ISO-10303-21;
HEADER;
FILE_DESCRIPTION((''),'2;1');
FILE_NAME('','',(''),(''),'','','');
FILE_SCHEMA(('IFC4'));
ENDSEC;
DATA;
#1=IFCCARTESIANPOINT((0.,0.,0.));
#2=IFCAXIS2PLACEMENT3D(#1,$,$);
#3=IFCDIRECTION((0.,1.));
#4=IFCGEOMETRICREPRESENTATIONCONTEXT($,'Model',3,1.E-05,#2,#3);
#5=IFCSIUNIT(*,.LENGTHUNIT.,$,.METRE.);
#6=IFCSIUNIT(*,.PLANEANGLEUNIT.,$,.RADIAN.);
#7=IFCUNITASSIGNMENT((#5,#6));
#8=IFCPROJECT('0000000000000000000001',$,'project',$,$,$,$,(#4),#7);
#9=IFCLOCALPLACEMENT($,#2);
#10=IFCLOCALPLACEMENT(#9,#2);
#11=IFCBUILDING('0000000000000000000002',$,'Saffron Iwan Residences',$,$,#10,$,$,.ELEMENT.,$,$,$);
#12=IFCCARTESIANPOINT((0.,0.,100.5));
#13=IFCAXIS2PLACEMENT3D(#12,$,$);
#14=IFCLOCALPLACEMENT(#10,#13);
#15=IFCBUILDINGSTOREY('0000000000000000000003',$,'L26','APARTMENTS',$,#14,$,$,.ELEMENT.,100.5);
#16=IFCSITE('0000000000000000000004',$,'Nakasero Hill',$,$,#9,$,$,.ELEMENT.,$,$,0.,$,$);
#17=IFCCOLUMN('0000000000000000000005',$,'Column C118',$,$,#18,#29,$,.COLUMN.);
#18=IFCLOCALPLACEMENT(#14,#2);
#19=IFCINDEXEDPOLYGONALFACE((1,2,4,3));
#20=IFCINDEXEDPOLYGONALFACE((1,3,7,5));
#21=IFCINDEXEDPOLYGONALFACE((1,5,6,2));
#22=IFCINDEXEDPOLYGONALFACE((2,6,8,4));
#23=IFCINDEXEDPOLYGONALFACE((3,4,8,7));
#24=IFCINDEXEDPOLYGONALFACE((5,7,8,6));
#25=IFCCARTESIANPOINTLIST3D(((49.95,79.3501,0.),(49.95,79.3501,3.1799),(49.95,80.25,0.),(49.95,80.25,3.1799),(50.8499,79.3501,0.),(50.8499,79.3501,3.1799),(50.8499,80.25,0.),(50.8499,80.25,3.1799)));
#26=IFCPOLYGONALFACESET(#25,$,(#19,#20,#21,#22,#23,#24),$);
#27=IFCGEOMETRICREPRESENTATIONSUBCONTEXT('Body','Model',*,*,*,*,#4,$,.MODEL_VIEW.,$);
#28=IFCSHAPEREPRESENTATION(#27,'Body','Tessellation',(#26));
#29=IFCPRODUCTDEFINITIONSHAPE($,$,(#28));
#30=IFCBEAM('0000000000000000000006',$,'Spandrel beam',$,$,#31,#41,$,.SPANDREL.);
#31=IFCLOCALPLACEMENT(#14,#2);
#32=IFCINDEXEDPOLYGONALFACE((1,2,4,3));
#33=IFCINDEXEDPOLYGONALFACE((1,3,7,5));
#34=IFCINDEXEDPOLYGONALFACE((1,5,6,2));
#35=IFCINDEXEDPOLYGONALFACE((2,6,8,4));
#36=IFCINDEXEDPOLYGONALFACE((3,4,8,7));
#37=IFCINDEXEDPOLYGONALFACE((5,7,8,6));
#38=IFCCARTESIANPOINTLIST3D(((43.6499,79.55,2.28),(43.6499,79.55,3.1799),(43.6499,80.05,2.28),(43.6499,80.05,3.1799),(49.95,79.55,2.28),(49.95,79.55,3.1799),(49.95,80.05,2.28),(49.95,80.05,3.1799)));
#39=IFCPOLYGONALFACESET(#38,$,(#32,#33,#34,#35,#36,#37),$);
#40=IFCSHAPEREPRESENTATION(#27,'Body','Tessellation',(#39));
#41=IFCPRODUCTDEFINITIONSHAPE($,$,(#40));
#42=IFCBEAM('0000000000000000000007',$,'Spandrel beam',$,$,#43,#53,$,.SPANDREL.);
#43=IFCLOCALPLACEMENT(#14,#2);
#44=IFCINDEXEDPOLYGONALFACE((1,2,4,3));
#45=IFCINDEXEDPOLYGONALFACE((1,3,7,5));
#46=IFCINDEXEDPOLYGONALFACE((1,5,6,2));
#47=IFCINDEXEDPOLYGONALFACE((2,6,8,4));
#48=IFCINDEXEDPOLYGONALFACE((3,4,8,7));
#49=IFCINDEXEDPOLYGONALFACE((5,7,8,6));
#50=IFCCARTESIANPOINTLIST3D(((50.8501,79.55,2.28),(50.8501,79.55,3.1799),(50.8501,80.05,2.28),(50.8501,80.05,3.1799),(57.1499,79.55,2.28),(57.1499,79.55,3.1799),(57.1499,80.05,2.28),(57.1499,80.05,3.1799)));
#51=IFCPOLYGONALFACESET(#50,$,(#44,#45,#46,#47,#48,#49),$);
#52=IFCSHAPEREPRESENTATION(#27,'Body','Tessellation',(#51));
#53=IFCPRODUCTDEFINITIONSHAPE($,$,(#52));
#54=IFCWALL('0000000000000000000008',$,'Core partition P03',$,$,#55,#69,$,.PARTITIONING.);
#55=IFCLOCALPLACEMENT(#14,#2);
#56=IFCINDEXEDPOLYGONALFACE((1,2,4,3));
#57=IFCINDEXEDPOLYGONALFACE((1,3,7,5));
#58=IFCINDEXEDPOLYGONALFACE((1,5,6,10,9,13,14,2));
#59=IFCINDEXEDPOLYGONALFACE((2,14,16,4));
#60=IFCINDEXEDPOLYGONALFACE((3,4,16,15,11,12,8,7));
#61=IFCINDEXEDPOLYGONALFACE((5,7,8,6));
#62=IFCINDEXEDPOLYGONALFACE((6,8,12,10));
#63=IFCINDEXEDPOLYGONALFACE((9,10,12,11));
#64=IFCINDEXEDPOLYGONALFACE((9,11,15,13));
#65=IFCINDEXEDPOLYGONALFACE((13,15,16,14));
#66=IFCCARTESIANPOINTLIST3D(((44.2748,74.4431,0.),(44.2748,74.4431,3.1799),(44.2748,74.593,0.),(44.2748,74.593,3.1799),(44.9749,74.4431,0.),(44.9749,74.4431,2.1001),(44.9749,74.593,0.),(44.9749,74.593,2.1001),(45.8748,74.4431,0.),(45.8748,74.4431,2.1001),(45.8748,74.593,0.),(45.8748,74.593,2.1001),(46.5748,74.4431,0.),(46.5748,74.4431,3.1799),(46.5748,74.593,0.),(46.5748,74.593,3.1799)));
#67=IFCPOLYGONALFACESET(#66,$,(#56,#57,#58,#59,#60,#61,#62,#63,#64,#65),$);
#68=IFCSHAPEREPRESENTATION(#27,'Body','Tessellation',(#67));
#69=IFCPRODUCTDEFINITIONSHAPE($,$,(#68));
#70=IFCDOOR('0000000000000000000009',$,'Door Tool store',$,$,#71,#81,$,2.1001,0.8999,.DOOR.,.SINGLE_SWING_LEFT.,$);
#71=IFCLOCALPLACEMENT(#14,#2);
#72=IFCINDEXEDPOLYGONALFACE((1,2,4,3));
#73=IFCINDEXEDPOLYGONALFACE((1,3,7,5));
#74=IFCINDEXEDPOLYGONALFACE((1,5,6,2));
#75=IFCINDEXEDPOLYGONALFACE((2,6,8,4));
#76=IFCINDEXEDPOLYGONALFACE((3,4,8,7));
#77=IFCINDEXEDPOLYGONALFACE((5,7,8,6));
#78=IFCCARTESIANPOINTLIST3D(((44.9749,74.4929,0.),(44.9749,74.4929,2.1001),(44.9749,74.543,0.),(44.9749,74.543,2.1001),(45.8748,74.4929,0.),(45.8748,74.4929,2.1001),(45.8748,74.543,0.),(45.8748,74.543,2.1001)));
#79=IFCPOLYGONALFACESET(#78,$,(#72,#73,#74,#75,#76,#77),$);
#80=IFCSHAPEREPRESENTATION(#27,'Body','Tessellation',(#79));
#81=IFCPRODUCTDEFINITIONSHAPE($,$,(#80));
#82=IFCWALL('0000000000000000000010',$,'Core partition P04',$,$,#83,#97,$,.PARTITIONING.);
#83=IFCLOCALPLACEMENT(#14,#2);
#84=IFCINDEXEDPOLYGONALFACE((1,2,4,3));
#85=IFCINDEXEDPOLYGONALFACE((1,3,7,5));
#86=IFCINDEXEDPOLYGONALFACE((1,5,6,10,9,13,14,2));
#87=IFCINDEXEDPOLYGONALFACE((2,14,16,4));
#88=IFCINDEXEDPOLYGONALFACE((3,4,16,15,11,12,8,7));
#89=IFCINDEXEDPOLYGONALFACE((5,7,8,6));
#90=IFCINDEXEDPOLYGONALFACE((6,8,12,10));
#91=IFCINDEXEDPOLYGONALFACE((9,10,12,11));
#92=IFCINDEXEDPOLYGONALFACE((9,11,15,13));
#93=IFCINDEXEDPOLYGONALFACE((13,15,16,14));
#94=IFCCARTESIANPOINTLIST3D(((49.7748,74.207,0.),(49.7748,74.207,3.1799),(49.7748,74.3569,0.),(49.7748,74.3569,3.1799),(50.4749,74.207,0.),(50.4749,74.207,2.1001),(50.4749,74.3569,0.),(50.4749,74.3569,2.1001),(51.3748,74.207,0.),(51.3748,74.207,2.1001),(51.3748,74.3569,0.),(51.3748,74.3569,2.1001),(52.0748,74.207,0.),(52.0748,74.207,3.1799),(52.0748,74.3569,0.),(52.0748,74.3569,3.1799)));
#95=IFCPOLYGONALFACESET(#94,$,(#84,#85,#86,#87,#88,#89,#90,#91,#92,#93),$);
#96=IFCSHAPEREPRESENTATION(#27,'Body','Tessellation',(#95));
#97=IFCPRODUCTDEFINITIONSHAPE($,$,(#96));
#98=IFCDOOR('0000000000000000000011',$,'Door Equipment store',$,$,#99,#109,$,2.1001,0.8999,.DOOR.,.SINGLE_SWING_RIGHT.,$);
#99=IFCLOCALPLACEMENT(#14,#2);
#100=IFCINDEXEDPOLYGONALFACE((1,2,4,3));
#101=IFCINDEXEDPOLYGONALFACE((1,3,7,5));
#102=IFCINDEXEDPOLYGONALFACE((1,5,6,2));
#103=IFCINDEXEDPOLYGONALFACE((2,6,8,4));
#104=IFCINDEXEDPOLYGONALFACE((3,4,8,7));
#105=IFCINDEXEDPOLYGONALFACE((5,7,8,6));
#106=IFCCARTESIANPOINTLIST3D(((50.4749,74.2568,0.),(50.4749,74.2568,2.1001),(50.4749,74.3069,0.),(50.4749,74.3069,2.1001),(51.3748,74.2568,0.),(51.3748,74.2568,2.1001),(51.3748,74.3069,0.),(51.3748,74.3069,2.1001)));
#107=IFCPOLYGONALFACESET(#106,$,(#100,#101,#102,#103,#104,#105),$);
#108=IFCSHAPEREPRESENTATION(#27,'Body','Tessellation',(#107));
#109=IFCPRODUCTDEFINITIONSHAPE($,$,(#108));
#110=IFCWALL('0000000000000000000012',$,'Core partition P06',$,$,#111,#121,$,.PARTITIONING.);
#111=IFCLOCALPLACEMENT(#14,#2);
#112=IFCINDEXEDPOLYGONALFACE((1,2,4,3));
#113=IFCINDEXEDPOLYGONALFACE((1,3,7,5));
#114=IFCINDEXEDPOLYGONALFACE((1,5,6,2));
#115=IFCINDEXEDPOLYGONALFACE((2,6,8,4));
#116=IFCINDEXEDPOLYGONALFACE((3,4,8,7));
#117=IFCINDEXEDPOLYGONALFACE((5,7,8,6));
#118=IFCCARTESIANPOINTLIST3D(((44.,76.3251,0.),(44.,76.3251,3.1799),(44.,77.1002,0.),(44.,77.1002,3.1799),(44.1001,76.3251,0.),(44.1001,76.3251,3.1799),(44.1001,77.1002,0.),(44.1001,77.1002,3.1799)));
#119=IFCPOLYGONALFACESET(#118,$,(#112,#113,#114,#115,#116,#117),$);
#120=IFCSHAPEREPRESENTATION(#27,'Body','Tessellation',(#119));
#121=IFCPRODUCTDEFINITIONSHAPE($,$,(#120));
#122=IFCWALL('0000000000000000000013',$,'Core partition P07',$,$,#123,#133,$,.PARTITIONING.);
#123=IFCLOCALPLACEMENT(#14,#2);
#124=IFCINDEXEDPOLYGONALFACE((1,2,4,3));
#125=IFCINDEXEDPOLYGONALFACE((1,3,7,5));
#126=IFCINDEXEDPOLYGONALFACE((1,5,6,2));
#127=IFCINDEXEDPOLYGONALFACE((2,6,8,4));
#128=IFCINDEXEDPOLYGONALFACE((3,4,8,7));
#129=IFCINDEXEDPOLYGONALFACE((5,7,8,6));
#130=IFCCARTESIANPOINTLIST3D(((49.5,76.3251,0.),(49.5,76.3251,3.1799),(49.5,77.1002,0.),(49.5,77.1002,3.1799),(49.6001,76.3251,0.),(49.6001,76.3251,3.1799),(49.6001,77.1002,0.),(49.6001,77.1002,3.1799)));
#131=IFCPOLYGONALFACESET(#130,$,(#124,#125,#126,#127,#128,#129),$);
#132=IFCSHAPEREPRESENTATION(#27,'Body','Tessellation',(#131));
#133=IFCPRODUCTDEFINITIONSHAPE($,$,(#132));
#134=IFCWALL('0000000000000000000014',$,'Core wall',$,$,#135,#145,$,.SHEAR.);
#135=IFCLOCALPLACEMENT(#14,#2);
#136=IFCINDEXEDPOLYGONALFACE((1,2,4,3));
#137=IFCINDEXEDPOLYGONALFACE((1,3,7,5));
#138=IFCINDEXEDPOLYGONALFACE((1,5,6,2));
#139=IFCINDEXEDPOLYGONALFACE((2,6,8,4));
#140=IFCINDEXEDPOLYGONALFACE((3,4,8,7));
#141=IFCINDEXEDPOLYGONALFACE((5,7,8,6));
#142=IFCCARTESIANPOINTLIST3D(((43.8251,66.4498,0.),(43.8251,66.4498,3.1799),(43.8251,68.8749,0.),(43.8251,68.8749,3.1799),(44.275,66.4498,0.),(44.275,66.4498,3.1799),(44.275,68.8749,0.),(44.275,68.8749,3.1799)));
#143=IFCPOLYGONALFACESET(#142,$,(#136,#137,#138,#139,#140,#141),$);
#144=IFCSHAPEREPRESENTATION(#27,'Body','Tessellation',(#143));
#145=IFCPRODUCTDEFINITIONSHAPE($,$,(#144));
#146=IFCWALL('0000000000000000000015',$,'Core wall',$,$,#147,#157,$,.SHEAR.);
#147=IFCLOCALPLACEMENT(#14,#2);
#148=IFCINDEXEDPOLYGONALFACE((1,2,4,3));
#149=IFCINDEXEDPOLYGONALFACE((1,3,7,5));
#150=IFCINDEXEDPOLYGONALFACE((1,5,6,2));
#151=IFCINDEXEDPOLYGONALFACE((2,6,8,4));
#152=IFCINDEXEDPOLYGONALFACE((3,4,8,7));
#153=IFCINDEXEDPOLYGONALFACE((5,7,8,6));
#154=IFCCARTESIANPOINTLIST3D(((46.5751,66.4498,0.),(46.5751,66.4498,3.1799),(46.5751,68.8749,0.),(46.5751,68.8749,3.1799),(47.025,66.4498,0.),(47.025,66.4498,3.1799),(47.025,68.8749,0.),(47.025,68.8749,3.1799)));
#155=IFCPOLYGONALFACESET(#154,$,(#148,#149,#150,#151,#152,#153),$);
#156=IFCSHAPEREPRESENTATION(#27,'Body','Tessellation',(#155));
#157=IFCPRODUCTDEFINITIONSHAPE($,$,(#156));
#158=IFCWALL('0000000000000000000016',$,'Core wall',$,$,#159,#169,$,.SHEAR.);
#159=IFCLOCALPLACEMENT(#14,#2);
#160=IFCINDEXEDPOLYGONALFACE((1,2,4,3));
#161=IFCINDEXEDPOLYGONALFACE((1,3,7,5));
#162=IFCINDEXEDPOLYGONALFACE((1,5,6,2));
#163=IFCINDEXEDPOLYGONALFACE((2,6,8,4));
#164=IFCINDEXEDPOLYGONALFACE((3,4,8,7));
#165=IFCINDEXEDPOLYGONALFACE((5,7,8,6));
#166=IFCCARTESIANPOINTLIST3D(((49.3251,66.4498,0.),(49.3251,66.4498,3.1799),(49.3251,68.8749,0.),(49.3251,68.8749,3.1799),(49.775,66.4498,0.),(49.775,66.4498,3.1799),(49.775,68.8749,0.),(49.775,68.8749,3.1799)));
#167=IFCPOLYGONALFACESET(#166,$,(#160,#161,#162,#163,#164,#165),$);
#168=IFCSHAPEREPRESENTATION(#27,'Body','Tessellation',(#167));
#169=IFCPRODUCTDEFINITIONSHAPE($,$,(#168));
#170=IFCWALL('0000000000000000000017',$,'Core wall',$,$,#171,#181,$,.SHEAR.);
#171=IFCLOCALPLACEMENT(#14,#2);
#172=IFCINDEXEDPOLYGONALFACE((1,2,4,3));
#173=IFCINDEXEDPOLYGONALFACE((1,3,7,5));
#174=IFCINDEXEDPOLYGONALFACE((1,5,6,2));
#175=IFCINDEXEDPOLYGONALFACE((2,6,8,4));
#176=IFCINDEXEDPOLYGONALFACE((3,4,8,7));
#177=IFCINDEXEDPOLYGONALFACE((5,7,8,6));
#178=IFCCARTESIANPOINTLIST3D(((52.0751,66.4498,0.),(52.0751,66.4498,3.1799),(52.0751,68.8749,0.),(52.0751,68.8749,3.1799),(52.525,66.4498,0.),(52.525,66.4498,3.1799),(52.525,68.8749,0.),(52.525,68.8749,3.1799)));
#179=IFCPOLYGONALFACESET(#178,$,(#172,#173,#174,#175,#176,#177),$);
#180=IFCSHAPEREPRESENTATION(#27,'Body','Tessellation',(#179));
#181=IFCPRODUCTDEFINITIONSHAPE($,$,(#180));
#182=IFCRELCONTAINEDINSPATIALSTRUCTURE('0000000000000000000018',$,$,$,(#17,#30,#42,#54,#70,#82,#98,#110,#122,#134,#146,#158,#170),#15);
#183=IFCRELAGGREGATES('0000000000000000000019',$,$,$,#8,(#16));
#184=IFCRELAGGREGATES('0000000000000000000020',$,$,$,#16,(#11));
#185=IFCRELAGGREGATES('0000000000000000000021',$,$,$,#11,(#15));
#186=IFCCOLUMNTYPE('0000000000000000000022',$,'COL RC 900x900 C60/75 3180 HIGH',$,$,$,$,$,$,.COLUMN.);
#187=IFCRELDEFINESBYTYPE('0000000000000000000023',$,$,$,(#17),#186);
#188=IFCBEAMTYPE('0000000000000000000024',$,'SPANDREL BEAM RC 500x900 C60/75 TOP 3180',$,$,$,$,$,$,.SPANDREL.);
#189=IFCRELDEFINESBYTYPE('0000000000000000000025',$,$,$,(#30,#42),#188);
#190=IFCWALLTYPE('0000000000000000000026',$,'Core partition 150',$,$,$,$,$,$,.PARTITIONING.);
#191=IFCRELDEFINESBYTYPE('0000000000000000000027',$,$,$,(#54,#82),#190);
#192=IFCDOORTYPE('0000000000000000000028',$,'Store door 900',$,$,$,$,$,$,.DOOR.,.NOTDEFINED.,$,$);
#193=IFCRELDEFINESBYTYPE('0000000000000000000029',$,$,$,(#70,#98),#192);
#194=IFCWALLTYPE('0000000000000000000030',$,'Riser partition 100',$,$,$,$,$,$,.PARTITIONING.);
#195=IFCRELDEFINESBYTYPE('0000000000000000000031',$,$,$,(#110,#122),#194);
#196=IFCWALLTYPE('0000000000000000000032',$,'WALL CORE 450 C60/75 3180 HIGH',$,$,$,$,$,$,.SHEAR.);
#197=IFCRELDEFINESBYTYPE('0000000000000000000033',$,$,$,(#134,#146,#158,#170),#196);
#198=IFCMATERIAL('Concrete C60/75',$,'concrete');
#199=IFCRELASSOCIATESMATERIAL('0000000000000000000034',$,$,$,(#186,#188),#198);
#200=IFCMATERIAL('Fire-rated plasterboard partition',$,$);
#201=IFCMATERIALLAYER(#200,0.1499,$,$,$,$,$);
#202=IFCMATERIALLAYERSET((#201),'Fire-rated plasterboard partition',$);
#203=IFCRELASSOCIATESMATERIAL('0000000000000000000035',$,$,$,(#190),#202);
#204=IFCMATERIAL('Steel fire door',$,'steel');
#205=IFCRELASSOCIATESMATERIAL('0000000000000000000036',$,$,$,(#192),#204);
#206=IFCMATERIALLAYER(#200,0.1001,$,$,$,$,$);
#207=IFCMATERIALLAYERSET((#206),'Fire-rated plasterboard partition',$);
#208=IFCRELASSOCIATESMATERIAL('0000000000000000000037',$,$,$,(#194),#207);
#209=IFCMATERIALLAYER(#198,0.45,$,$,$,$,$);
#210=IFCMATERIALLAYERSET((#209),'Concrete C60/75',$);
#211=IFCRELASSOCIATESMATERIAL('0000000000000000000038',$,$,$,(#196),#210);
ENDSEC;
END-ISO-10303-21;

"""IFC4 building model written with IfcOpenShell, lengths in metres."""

from ifc_helpers import new_model, si_unit, direction, frame, frame_2d, origin, origin_2d, place, context, subcontext, project, spatial, rectangle, extrude, source, transform, mapped, material, layer, layer_set, material_profile, profile_set, type_object, element, fill, save


model = new_model("IFC4")

# Units and contexts
model_context = context("Model", 3, precision=1e-05, world=origin(), true_north=direction((0.0, 1.0)))
body_context = subcontext(model_context, "Body", "Model", "MODEL_VIEW")
ifc_project = project(units=[si_unit("LENGTHUNIT", "METRE"), si_unit("PLANEANGLEUNIT", "RADIAN")], contexts=[model_context])

# Site, building, storey
site_placement = place(None, origin())
site = spatial("IfcSite", under=ifc_project, at=site_placement, Name="Nakasero Hill", CompositionType="ELEMENT", RefElevation=0.0)
building_placement = place(site_placement, origin())
building = spatial("IfcBuilding", under=site, at=building_placement, Name="Saffron Iwan Residences", CompositionType="ELEMENT")
storey_placement = place(building_placement, frame((0.0, 0.0, 100.5)))
storey = spatial("IfcBuildingStorey", under=building, at=storey_placement, Name="L26", Description="APARTMENTS", CompositionType="ELEMENT", Elevation=100.5)

# Column
ifc_material_1 = material(Name="Concrete C60/75", Category="concrete")
ifc_material_profile_1 = material_profile(ifc_material_1, rectangle(XDim=0.8999, YDim=0.8999, at=origin_2d()), Name="RC 900x900")
ifc_profile_set_1 = profile_set([ifc_material_profile_1], Name="Concrete C60/75")
column_type = type_object("IfcColumnType", Name="COL RC 900x900 C60/75 3180 HIGH", PredefinedType="COLUMN", material=ifc_profile_set_1)
shared_shape_1 = source(origin(), body_context, "Body", "SweptSolid", [
    extrude(rectangle(XDim=0.8999, YDim=0.8999, at=origin_2d()), origin(), (0.0, 0.0, 1.0), 3.1799),
])
column_placement = place(storey_placement, frame((50.3999, 79.8, 0.0), z_axis=(0.0, 0.0, 1.0), x_axis=(1.0, 0.0, 0.0)))
element("IfcColumn", 1, at=column_placement, inside=storey, type_object=column_type, Name="Column C118", PredefinedType="COLUMN", context=body_context, shape_type="MappedRepresentation", body=[
    mapped(shared_shape_1, transform((0.0, 0.0, 0.0))),
])

# Beams
ifc_material_profile_2 = material_profile(ifc_material_1, rectangle(XDim=0.5, YDim=0.8999, at=origin_2d()), Name="RC 500x900")
ifc_profile_set_2 = profile_set([ifc_material_profile_2], Name="Concrete C60/75")
beam_type = type_object("IfcBeamType", Name="SPANDREL BEAM RC 500x900 C60/75 TOP 3180", PredefinedType="SPANDREL", material=ifc_profile_set_2)
shared_shape_2 = source(origin(), body_context, "Body", "SweptSolid", [
    extrude(rectangle(XDim=0.5, YDim=0.8999, at=origin_2d()), origin(), (0.0, 0.0, 1.0), 6.3),
])
beam_1_placement = place(storey_placement, frame((43.6499, 79.8, 2.73), z_axis=(1.0, 0.0, 0.0), x_axis=(0.0, 1.0, 0.0)))
element("IfcBeam", 2, at=beam_1_placement, inside=storey, type_object=beam_type, Name="Spandrel beam", PredefinedType="SPANDREL", context=body_context, shape_type="MappedRepresentation", body=[
    mapped(shared_shape_2, transform((0.0, 0.0, 0.0))),
])
shared_shape_3 = source(origin(), body_context, "Body", "SweptSolid", [
    extrude(rectangle(XDim=0.5, YDim=0.8999, at=origin_2d()), origin(), (0.0, 0.0, 1.0), 6.2998),
])
beam_2_placement = place(storey_placement, frame((50.8501, 79.8, 2.73), z_axis=(1.0, 0.0, 0.0), x_axis=(0.0, 1.0, 0.0)))
element("IfcBeam", 3, at=beam_2_placement, inside=storey, type_object=beam_type, Name="Spandrel beam", PredefinedType="SPANDREL", context=body_context, shape_type="MappedRepresentation", body=[
    mapped(shared_shape_3, transform((0.0, 0.0, 0.0))),
])

# Walls, openings, doors
ifc_material_2 = material(Name="Fire-rated plasterboard partition")
ifc_layer_1 = layer(ifc_material_2, 0.1499)
ifc_layer_set_1 = layer_set([ifc_layer_1], Name="Fire-rated plasterboard partition")
wall_type_1 = type_object("IfcWallType", Name="Core partition 150", PredefinedType="PARTITIONING", material=ifc_layer_set_1)
wall_1_placement = place(storey_placement, frame((44.2749, 74.5181, 0.0), z_axis=(0.0, 0.0, 1.0), x_axis=(1.0, 0.0, 0.0)))
wall_1 = element("IfcWall", 4, at=wall_1_placement, inside=storey, type_object=wall_type_1, Name="Core partition P03", PredefinedType="PARTITIONING", context=body_context, shape_type="SweptSolid", body=[
    extrude(rectangle(XDim=2.3, YDim=0.1499, at=frame_2d((1.1499, 0.0))), origin(), (0.0, 0.0, 1.0), 3.1799),
])
opening_1_placement = place(wall_1_placement, frame((0.7, 0.0, 0.0)))
opening_1 = element("IfcOpeningElement", 5, at=opening_1_placement, cuts=wall_1, PredefinedType="OPENING", context=body_context, shape_type="SweptSolid", body=[
    extrude(rectangle(XDim=0.8999, YDim=2.1001, at=frame_2d((0.45, 1.05))), frame((0.0, 0.085, 0.0), z_axis=(0.0, -1.0, 0.0), x_axis=(1.0, 0.0, 0.0)), (0.0, 0.0, 1.0), 0.1699),
])
ifc_material_3 = material(Name="Steel fire door", Category="steel")
door_type = type_object("IfcDoorType", Name="Store door 900", OperationType="NOTDEFINED", PredefinedType="DOOR", material=ifc_material_3)
door_1_placement = place(opening_1_placement, origin())
door_1 = element("IfcDoor", 6, at=door_1_placement, inside=storey, type_object=door_type, Name="Door Tool store", OperationType="SINGLE_SWING_LEFT", OverallHeight=2.1001, OverallWidth=0.8999, PredefinedType="DOOR", context=body_context, shape_type="SweptSolid", body=[
    extrude(rectangle(XDim=0.8999, YDim=2.1001, at=frame_2d((0.45, 1.05))), frame((0.0, 0.0249, 0.0), z_axis=(0.0, -1.0, 0.0), x_axis=(1.0, 0.0, 0.0)), (0.0, 0.0, 1.0), 0.05),
])
fill(opening_1, door_1)
wall_2_placement = place(storey_placement, frame((49.7749, 74.282, 0.0), z_axis=(0.0, 0.0, 1.0), x_axis=(1.0, 0.0, 0.0)))
wall_2 = element("IfcWall", 7, at=wall_2_placement, inside=storey, type_object=wall_type_1, Name="Core partition P04", PredefinedType="PARTITIONING", context=body_context, shape_type="SweptSolid", body=[
    extrude(rectangle(XDim=2.3, YDim=0.1499, at=frame_2d((1.1499, 0.0))), origin(), (0.0, 0.0, 1.0), 3.1799),
])
opening_2_placement = place(wall_2_placement, frame((0.7, 0.0, 0.0)))
opening_2 = element("IfcOpeningElement", 8, at=opening_2_placement, cuts=wall_2, PredefinedType="OPENING", context=body_context, shape_type="SweptSolid", body=[
    extrude(rectangle(XDim=0.8999, YDim=2.1001, at=frame_2d((0.45, 1.05))), frame((0.0, 0.085, 0.0), z_axis=(0.0, -1.0, 0.0), x_axis=(1.0, 0.0, 0.0)), (0.0, 0.0, 1.0), 0.1699),
])
door_2_placement = place(opening_2_placement, origin())
door_2 = element("IfcDoor", 9, at=door_2_placement, inside=storey, type_object=door_type, Name="Door Equipment store", OperationType="SINGLE_SWING_RIGHT", OverallHeight=2.1001, OverallWidth=0.8999, PredefinedType="DOOR", context=body_context, shape_type="SweptSolid", body=[
    extrude(rectangle(XDim=0.8999, YDim=2.1001, at=frame_2d((0.45, 1.05))), frame((0.0, 0.0249, 0.0), z_axis=(0.0, -1.0, 0.0), x_axis=(1.0, 0.0, 0.0)), (0.0, 0.0, 1.0), 0.05),
])
fill(opening_2, door_2)

# Walls
ifc_layer_2 = layer(ifc_material_2, 0.1001)
ifc_layer_set_2 = layer_set([ifc_layer_2], Name="Fire-rated plasterboard partition")
wall_type_2 = type_object("IfcWallType", Name="Riser partition 100", PredefinedType="PARTITIONING", material=ifc_layer_set_2)
for number, where, z_axis, x_axis, name in (
    (10, (44.05, 76.325, 0.0), (0.0, 0.0, 1.0), (0.0, 1.0, 0.0), "Core partition P06"),
    (11, (49.55, 76.325, 0.0), (0.0, 0.0, 1.0), (0.0, 1.0, 0.0), "Core partition P07"),
):
    element("IfcWall", number, at=place(storey_placement, frame(where, z_axis=z_axis, x_axis=x_axis)), inside=storey, type_object=wall_type_2, Name=name, PredefinedType="PARTITIONING", context=body_context, shape_type="SweptSolid", body=[
        extrude(rectangle(XDim=0.7751, YDim=0.1001, at=frame_2d((0.3877, 0.0))), origin(), (0.0, 0.0, 1.0), 3.1799),
    ])
ifc_layer_3 = layer(ifc_material_1, 0.45)
ifc_layer_set_3 = layer_set([ifc_layer_3], Name="Concrete C60/75")
wall_type_3 = type_object("IfcWallType", Name="WALL CORE 450 C60/75 3180 HIGH", PredefinedType="SHEAR", material=ifc_layer_set_3)
for number, where, z_axis, x_axis, name in (
    (12, (44.05, 66.45, 0.0), (0.0, 0.0, 1.0), (0.0, 1.0, 0.0), "Core wall"),
    (13, (46.8, 66.45, 0.0), (0.0, 0.0, 1.0), (0.0, 1.0, 0.0), "Core wall"),
    (14, (49.55, 66.45, 0.0), (0.0, 0.0, 1.0), (0.0, 1.0, 0.0), "Core wall"),
    (15, (52.3, 66.45, 0.0), (0.0, 0.0, 1.0), (0.0, 1.0, 0.0), "Core wall"),
):
    element("IfcWall", number, at=place(storey_placement, frame(where, z_axis=z_axis, x_axis=x_axis)), inside=storey, type_object=wall_type_3, Name=name, PredefinedType="SHEAR", context=body_context, shape_type="SweptSolid", body=[
        extrude(rectangle(XDim=2.425, YDim=0.45, at=frame_2d((1.2124, 0.0))), origin(), (0.0, 0.0, 1.0), 3.1799),
    ])

save(model, "model.ifc")
